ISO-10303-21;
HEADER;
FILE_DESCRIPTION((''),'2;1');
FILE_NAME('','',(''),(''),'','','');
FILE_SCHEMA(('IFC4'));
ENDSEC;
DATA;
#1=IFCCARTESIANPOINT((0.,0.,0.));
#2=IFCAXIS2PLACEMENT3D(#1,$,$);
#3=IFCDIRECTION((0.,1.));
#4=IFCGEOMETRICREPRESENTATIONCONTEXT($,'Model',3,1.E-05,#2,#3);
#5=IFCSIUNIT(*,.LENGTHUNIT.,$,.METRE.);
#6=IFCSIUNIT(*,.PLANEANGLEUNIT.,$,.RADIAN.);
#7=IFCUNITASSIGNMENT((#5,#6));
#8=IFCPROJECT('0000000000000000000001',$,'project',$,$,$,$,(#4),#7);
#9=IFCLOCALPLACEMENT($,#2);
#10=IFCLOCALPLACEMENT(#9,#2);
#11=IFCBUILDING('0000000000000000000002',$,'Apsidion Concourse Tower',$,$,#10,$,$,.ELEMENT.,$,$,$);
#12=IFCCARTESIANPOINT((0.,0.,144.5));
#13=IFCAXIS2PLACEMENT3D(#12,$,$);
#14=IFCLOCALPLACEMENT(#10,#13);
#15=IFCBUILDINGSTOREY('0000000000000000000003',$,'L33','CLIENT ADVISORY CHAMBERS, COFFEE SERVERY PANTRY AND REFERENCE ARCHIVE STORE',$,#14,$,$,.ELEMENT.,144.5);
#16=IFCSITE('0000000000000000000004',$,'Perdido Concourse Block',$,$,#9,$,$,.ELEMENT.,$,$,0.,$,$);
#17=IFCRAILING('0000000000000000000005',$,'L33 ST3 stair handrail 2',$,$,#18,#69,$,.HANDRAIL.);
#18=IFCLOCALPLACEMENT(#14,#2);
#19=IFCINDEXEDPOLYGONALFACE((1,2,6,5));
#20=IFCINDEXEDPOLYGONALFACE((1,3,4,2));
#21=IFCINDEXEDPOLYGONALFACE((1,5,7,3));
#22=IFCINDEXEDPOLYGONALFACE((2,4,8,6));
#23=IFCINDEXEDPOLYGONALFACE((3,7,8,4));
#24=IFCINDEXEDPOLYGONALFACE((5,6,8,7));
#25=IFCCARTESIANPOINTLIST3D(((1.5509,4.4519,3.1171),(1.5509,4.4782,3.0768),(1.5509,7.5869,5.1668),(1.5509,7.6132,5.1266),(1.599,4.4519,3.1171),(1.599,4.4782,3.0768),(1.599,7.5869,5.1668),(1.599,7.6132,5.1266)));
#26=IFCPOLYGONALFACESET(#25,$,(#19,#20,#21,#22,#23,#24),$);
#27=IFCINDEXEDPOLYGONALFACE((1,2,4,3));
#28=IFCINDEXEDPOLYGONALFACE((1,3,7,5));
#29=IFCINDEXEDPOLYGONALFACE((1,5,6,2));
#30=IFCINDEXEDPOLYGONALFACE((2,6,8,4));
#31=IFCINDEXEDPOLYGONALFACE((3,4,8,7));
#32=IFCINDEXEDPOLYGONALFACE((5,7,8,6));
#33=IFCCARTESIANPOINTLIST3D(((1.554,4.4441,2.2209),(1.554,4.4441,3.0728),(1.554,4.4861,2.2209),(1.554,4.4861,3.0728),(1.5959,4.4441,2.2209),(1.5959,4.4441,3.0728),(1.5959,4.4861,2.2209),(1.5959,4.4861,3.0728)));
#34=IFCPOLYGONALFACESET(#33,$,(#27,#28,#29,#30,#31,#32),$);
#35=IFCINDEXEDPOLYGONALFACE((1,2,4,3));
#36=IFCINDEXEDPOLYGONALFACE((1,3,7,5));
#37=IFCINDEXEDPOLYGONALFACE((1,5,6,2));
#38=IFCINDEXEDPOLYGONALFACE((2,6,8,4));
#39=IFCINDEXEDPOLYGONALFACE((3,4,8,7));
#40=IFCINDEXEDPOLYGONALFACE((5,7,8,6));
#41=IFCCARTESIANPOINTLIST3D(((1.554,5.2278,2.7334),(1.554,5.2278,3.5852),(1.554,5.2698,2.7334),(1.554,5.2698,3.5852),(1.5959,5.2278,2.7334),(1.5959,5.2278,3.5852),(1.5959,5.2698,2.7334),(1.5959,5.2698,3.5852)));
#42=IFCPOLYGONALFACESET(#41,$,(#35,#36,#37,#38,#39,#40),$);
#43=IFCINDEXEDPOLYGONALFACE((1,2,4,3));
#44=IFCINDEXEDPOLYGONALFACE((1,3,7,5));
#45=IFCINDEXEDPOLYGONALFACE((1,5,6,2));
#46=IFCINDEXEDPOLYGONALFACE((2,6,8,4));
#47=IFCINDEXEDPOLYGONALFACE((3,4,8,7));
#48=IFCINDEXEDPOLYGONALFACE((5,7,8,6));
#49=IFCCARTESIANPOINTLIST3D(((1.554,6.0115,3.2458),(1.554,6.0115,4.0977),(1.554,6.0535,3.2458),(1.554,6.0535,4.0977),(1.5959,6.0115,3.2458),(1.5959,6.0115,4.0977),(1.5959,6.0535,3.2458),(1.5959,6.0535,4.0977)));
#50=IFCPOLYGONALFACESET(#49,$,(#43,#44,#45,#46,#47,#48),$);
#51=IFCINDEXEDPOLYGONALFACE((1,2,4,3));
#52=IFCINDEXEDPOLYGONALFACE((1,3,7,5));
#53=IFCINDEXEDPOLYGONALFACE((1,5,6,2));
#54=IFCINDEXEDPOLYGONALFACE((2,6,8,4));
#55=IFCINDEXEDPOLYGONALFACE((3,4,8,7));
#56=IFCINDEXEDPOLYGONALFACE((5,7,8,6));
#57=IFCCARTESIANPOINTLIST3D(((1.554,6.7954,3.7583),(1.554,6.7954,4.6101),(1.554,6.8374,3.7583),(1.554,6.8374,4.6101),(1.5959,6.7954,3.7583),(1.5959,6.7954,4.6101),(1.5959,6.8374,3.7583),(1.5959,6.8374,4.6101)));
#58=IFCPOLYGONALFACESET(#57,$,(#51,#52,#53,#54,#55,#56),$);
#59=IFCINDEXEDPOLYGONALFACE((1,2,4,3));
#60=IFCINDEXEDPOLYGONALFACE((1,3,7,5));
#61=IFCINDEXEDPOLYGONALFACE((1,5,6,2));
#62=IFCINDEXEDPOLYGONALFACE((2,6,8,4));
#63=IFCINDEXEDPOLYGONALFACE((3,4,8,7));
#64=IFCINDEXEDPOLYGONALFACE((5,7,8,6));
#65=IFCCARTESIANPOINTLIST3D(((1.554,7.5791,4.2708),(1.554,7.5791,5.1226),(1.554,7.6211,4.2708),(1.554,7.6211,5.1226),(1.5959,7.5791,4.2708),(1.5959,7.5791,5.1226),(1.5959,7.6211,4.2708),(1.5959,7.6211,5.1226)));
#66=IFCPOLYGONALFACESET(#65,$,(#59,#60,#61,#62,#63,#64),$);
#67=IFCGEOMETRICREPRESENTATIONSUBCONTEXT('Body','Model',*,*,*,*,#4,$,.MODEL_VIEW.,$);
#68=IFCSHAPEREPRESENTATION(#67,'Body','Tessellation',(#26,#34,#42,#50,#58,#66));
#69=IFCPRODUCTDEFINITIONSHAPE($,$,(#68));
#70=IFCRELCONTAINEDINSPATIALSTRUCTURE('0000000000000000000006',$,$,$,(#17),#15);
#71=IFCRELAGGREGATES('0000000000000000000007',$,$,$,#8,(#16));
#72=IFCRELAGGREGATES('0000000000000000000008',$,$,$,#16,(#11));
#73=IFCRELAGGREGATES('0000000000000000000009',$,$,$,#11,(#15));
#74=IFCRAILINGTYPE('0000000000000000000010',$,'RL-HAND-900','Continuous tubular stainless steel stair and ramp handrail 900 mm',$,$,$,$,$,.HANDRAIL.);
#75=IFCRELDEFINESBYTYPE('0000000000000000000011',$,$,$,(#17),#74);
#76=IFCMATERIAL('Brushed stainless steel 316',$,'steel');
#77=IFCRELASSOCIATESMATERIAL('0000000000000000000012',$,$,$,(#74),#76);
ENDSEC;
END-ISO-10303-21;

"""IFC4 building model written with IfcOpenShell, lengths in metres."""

from ifc_helpers import new_model, si_unit, direction, frame, origin, origin_2d, place, context, subcontext, project, spatial, rectangle, extrude, material, type_object, element, save


model = new_model("IFC4")

# Units and contexts
model_context = context("Model", 3, precision=1e-05, world=origin(), true_north=direction((0.0, 1.0)))
body_context = subcontext(model_context, "Body", "Model", "MODEL_VIEW")
ifc_project = project(units=[si_unit("LENGTHUNIT", "METRE"), si_unit("PLANEANGLEUNIT", "RADIAN")], contexts=[model_context])

# Site, building, storey
site_placement = place(None, origin())
site = spatial("IfcSite", under=ifc_project, at=site_placement, Name="Perdido Concourse Block", CompositionType="ELEMENT", RefElevation=0.0)
building_placement = place(site_placement, origin())
building = spatial("IfcBuilding", under=site, at=building_placement, Name="Apsidion Concourse Tower", CompositionType="ELEMENT")
storey_placement = place(building_placement, frame((0.0, 0.0, 144.5)))
storey = spatial("IfcBuildingStorey", under=building, at=storey_placement, Name="L33", Description="CLIENT ADVISORY CHAMBERS, COFFEE SERVERY PANTRY AND REFERENCE ARCHIVE STORE", CompositionType="ELEMENT", Elevation=144.5)

# Shared definitions
ifc_material_1 = material(Name="Brushed stainless steel 316", Category="steel")

# Railing
railing_type_1 = type_object("IfcRailingType", Name="RL-HAND-900", Description="Continuous tubular stainless steel stair and ramp handrail 900 mm", PredefinedType="HANDRAIL", material=ifc_material_1)
railing_1_placement = place(storey_placement, frame((1.575, 4.4651, 2.2209)))
element("IfcRailing", 1, at=railing_1_placement, inside=storey, type_object=railing_type_1, Name="L33 ST3 stair handrail 2", PredefinedType="HANDRAIL", context=body_context, shape_type="SweptSolid", body=[
    extrude(rectangle(XDim=0.0481, YDim=0.0481, at=origin_2d()), frame((0.0, 0.0, 0.876), z_axis=(0.0, 0.836971, 0.547248), x_axis=(-1.0, 0.0, 0.0)), (0.0, 0.0, 1.0), 3.7456),
    extrude(rectangle(XDim=0.042, YDim=0.042, at=origin_2d()), origin(), (0.0, 0.0, 1.0), 0.8518),
    extrude(rectangle(XDim=0.042, YDim=0.042, at=origin_2d()), frame((0.0, 0.7837, 0.5125)), (0.0, 0.0, 1.0), 0.8518),
    extrude(rectangle(XDim=0.042, YDim=0.042, at=origin_2d()), frame((0.0, 1.5674, 1.0249)), (0.0, 0.0, 1.0), 0.8518),
    extrude(rectangle(XDim=0.042, YDim=0.042, at=origin_2d()), frame((0.0, 2.3513, 1.5374)), (0.0, 0.0, 1.0), 0.8518),
    extrude(rectangle(XDim=0.042, YDim=0.042, at=origin_2d()), frame((0.0, 3.135, 2.0498)), (0.0, 0.0, 1.0), 0.8518),
])

save(model, "model.ifc")
